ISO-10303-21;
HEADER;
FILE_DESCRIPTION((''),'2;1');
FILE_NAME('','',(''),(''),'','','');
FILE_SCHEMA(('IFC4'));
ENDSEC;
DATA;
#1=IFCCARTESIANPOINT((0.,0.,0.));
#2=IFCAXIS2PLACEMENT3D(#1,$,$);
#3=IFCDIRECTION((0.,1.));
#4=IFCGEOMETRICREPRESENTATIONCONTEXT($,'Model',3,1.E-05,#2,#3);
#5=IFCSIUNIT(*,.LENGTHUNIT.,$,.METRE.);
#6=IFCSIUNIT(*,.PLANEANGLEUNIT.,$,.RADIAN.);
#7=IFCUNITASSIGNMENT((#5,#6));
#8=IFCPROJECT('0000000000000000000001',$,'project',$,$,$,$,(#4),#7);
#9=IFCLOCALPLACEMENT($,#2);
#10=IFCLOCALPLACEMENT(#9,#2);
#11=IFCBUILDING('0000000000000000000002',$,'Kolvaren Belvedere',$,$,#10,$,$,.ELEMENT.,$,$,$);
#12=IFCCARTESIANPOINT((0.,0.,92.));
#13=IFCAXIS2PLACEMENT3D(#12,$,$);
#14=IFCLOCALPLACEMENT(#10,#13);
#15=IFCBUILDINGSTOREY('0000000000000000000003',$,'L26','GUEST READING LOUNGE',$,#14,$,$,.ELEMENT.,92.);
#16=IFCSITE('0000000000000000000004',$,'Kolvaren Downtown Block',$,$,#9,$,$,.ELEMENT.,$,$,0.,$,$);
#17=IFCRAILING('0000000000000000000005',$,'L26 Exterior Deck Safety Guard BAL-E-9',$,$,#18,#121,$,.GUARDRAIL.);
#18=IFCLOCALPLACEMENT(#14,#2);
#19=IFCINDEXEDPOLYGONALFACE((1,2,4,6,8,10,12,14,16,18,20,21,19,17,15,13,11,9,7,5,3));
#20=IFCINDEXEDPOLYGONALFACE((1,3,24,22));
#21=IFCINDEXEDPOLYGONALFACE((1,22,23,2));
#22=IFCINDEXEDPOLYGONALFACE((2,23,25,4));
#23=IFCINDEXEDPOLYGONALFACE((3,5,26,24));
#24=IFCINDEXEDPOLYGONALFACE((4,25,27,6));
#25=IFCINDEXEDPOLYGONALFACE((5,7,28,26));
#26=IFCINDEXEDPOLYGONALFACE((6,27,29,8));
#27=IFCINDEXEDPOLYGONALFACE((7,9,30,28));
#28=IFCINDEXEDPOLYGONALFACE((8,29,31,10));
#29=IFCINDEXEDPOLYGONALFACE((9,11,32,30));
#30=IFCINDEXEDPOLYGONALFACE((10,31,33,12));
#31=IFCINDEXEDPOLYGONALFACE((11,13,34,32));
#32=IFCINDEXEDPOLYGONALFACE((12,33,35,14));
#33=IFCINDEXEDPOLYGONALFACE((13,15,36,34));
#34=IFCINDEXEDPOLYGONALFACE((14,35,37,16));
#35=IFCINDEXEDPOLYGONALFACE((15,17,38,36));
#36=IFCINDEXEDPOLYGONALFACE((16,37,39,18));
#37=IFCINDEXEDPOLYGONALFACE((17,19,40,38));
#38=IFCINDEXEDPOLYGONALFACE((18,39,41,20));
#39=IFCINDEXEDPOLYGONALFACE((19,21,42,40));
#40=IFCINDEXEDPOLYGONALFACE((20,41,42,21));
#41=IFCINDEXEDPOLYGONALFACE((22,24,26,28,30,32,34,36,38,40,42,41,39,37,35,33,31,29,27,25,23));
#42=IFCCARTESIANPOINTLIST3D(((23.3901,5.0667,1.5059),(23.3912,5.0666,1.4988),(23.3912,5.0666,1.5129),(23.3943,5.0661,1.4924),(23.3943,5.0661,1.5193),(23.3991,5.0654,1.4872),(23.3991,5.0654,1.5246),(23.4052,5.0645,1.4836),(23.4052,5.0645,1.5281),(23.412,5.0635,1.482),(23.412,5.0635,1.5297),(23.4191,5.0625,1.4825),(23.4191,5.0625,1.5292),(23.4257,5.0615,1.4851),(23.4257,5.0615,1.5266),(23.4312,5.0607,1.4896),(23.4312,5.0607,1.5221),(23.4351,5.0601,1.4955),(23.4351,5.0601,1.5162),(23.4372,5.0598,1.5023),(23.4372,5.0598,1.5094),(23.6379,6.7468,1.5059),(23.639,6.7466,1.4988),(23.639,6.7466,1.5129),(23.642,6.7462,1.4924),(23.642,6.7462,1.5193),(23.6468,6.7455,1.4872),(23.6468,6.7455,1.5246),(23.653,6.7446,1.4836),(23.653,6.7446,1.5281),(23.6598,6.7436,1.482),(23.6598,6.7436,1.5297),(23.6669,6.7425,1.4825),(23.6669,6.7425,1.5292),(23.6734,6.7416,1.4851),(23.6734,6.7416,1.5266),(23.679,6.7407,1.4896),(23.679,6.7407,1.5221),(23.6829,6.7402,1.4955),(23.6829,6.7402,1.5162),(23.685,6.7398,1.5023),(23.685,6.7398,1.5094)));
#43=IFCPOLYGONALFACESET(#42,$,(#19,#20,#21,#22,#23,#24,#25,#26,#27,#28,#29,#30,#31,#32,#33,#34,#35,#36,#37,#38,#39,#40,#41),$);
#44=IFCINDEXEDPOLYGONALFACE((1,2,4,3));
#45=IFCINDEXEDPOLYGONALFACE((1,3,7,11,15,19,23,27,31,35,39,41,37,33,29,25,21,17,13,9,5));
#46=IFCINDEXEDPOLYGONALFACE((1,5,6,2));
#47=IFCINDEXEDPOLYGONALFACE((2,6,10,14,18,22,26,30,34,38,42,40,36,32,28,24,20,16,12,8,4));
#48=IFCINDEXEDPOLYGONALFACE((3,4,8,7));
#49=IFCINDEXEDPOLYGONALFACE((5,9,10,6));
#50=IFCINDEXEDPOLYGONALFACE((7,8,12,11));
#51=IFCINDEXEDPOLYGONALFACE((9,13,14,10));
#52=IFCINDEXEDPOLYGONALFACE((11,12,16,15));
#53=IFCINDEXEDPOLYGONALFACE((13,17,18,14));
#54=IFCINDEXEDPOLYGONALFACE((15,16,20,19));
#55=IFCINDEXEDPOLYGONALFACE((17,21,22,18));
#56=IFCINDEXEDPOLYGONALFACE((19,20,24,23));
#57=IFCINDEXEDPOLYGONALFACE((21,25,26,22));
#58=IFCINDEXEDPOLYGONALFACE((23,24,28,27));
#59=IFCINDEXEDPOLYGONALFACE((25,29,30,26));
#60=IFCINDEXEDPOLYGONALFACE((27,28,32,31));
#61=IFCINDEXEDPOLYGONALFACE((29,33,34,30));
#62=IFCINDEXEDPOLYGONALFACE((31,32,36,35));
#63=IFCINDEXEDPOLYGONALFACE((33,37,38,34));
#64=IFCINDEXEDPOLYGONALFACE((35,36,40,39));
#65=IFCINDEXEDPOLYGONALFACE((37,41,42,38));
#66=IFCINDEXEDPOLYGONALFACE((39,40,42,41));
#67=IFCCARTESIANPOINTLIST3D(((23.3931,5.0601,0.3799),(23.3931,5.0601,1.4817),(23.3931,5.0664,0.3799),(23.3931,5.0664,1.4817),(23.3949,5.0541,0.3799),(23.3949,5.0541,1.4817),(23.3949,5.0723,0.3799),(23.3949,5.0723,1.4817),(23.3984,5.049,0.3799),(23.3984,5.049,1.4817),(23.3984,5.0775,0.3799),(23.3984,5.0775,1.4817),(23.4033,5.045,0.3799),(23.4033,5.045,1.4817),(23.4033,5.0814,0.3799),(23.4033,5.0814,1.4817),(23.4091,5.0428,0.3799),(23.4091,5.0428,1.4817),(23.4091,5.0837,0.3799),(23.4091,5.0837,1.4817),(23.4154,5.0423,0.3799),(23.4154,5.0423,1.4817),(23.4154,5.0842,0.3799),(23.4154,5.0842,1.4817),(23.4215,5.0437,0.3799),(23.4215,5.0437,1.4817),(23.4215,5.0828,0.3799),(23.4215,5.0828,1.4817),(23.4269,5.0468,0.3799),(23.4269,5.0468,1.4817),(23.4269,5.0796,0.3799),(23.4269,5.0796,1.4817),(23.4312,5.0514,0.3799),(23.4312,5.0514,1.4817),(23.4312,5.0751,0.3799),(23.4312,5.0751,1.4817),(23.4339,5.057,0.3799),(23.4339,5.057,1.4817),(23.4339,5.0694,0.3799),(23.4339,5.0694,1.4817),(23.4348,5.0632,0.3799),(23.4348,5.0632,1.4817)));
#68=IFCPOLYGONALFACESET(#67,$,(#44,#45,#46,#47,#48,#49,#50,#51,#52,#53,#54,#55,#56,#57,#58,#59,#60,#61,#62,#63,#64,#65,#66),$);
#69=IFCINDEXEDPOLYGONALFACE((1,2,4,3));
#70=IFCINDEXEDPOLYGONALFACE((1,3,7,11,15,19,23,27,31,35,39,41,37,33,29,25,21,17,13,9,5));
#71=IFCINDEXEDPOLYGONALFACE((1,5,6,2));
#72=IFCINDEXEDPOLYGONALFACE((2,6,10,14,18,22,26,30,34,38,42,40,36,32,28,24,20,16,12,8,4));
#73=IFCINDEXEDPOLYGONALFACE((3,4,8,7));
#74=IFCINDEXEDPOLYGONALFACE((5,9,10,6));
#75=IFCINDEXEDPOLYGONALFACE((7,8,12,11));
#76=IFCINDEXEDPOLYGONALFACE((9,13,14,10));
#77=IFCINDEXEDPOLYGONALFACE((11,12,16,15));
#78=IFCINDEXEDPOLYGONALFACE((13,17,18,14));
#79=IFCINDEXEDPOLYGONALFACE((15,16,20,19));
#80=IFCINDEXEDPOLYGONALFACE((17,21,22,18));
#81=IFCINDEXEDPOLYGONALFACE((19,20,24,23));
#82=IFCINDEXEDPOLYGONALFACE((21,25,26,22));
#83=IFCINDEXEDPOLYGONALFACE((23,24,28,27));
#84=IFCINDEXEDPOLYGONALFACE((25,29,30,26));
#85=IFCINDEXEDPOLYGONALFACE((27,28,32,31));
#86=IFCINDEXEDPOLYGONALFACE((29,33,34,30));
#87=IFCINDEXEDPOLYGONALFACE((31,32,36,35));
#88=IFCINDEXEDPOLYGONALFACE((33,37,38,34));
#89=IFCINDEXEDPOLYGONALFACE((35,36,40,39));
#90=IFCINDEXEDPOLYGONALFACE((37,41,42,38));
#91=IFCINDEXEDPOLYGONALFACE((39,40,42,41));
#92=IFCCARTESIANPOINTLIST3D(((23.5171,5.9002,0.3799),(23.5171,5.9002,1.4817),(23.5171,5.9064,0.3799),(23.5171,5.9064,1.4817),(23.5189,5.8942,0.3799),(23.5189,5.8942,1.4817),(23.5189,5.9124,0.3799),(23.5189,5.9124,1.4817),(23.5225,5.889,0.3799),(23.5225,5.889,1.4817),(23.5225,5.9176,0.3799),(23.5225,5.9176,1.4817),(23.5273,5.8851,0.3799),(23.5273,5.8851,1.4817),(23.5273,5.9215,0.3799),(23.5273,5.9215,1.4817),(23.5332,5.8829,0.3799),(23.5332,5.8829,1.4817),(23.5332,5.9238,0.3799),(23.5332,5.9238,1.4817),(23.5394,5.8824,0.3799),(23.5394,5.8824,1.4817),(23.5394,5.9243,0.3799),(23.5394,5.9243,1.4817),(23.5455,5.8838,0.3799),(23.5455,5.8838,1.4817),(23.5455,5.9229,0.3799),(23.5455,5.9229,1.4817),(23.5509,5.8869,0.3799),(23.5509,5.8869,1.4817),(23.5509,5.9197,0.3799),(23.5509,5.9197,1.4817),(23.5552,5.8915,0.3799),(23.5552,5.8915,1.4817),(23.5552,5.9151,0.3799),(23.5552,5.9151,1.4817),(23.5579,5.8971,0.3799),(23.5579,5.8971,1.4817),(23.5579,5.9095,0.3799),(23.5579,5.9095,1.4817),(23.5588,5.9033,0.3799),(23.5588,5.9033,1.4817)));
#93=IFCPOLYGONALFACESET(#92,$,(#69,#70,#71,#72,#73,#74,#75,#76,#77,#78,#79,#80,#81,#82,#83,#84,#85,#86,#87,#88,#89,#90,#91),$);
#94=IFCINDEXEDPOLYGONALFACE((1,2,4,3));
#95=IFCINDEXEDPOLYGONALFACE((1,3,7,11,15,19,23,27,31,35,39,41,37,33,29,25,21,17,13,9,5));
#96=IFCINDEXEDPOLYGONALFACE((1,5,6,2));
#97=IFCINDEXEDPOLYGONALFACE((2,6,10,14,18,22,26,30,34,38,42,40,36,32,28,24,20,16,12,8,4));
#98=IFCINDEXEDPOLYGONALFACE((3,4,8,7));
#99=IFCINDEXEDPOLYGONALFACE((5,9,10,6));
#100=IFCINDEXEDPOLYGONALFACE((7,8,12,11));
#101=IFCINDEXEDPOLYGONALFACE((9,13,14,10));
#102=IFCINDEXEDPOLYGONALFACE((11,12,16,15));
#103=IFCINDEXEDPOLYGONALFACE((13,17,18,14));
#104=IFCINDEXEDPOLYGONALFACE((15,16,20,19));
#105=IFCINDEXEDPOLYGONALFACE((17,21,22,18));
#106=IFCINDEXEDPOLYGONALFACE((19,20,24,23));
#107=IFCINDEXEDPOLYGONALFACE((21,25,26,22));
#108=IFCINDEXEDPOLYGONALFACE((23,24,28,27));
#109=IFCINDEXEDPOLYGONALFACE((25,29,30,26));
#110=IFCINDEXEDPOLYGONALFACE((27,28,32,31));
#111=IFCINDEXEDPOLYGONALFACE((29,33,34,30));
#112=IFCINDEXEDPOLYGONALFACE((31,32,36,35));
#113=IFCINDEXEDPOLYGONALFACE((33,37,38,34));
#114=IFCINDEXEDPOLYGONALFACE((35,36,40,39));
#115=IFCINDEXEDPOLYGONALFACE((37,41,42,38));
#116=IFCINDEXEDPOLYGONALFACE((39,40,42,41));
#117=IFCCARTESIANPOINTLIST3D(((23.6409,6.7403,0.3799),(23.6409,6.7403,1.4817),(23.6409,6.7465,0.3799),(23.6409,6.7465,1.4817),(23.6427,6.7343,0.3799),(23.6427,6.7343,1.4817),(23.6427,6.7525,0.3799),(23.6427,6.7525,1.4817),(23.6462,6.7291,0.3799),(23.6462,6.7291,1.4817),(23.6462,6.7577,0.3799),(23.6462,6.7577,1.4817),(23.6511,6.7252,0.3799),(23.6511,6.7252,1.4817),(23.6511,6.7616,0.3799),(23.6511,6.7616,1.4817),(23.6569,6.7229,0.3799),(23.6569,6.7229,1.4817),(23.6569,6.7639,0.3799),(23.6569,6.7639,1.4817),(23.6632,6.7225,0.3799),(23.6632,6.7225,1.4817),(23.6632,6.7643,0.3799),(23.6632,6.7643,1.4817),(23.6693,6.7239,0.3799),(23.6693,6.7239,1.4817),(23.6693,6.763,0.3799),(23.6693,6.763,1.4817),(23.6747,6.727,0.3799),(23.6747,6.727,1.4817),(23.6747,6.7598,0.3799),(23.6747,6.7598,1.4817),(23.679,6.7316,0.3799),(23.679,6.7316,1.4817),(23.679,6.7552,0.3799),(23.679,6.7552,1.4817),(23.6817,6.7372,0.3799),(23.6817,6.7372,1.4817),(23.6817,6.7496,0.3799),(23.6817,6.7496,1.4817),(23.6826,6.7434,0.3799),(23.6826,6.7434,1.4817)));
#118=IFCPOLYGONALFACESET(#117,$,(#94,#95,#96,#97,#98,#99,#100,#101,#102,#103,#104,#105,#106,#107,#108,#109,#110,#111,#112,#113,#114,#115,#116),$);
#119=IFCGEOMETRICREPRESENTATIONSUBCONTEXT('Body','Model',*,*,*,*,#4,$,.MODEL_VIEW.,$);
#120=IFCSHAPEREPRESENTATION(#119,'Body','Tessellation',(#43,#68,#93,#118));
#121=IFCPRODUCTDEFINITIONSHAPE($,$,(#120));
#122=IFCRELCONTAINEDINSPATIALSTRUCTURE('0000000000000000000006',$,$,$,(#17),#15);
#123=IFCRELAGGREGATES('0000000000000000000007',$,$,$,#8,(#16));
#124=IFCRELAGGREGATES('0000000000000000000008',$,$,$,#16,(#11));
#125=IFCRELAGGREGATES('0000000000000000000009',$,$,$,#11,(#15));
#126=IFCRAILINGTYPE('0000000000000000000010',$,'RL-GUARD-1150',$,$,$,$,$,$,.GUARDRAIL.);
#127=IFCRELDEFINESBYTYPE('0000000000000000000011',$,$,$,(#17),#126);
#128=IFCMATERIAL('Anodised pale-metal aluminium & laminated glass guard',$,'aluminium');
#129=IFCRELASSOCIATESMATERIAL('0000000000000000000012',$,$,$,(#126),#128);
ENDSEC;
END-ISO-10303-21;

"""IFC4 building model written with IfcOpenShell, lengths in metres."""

from ifc_helpers import new_model, si_unit, direction, frame, origin, origin_2d, place, context, subcontext, project, spatial, circle, extrude, material, type_object, element, save


model = new_model("IFC4")

# Units and contexts
model_context = context("Model", 3, precision=1e-05, world=origin(), true_north=direction((0.0, 1.0)))
body_context = subcontext(model_context, "Body", "Model", "MODEL_VIEW")
ifc_project = project(units=[si_unit("LENGTHUNIT", "METRE"), si_unit("PLANEANGLEUNIT", "RADIAN")], contexts=[model_context])

# Site, building, storey
site_placement = place(None, origin())
site = spatial("IfcSite", under=ifc_project, at=site_placement, Name="Kolvaren Downtown Block", CompositionType="ELEMENT", RefElevation=0.0)
building_placement = place(site_placement, origin())
building = spatial("IfcBuilding", under=site, at=building_placement, Name="Kolvaren Belvedere", CompositionType="ELEMENT")
storey_placement = place(building_placement, frame((0.0, 0.0, 92.0)))
storey = spatial("IfcBuildingStorey", under=building, at=storey_placement, Name="L26", Description="GUEST READING LOUNGE", CompositionType="ELEMENT", Elevation=92.0)

# Railing
ifc_material_1 = material(Name="Anodised pale-metal aluminium & laminated glass guard", Category="aluminium")
railing_type = type_object("IfcRailingType", Name="RL-GUARD-1150", PredefinedType="GUARDRAIL", material=ifc_material_1)
railing_1_placement = place(storey_placement, frame((23.4138, 5.0632, 0.3799)))
element("IfcRailing", 1, at=railing_1_placement, inside=storey, type_object=railing_type, Name="L26 Exterior Deck Safety Guard BAL-E-9", PredefinedType="GUARDRAIL", context=body_context, shape_type="SweptSolid", body=[
    extrude(circle(Radius=0.0239, at=origin_2d()), frame((0.0, 0.0, 1.126), z_axis=(0.145908, 0.989298, 0.0), x_axis=(-0.989298, 0.145908, 0.0)), (0.0, 0.0, 1.0), 1.6982),
    extrude(circle(Radius=0.021, at=origin_2d()), origin(), (0.0, 0.0, 1.0), 1.1018),
    extrude(circle(Radius=0.021, at=origin_2d()), frame((0.124, 0.8401, 0.0)), (0.0, 0.0, 1.0), 1.1018),
    extrude(circle(Radius=0.021, at=origin_2d()), frame((0.2478, 1.6802, 0.0)), (0.0, 0.0, 1.0), 1.1018),
])

save(model, "model.ifc")
